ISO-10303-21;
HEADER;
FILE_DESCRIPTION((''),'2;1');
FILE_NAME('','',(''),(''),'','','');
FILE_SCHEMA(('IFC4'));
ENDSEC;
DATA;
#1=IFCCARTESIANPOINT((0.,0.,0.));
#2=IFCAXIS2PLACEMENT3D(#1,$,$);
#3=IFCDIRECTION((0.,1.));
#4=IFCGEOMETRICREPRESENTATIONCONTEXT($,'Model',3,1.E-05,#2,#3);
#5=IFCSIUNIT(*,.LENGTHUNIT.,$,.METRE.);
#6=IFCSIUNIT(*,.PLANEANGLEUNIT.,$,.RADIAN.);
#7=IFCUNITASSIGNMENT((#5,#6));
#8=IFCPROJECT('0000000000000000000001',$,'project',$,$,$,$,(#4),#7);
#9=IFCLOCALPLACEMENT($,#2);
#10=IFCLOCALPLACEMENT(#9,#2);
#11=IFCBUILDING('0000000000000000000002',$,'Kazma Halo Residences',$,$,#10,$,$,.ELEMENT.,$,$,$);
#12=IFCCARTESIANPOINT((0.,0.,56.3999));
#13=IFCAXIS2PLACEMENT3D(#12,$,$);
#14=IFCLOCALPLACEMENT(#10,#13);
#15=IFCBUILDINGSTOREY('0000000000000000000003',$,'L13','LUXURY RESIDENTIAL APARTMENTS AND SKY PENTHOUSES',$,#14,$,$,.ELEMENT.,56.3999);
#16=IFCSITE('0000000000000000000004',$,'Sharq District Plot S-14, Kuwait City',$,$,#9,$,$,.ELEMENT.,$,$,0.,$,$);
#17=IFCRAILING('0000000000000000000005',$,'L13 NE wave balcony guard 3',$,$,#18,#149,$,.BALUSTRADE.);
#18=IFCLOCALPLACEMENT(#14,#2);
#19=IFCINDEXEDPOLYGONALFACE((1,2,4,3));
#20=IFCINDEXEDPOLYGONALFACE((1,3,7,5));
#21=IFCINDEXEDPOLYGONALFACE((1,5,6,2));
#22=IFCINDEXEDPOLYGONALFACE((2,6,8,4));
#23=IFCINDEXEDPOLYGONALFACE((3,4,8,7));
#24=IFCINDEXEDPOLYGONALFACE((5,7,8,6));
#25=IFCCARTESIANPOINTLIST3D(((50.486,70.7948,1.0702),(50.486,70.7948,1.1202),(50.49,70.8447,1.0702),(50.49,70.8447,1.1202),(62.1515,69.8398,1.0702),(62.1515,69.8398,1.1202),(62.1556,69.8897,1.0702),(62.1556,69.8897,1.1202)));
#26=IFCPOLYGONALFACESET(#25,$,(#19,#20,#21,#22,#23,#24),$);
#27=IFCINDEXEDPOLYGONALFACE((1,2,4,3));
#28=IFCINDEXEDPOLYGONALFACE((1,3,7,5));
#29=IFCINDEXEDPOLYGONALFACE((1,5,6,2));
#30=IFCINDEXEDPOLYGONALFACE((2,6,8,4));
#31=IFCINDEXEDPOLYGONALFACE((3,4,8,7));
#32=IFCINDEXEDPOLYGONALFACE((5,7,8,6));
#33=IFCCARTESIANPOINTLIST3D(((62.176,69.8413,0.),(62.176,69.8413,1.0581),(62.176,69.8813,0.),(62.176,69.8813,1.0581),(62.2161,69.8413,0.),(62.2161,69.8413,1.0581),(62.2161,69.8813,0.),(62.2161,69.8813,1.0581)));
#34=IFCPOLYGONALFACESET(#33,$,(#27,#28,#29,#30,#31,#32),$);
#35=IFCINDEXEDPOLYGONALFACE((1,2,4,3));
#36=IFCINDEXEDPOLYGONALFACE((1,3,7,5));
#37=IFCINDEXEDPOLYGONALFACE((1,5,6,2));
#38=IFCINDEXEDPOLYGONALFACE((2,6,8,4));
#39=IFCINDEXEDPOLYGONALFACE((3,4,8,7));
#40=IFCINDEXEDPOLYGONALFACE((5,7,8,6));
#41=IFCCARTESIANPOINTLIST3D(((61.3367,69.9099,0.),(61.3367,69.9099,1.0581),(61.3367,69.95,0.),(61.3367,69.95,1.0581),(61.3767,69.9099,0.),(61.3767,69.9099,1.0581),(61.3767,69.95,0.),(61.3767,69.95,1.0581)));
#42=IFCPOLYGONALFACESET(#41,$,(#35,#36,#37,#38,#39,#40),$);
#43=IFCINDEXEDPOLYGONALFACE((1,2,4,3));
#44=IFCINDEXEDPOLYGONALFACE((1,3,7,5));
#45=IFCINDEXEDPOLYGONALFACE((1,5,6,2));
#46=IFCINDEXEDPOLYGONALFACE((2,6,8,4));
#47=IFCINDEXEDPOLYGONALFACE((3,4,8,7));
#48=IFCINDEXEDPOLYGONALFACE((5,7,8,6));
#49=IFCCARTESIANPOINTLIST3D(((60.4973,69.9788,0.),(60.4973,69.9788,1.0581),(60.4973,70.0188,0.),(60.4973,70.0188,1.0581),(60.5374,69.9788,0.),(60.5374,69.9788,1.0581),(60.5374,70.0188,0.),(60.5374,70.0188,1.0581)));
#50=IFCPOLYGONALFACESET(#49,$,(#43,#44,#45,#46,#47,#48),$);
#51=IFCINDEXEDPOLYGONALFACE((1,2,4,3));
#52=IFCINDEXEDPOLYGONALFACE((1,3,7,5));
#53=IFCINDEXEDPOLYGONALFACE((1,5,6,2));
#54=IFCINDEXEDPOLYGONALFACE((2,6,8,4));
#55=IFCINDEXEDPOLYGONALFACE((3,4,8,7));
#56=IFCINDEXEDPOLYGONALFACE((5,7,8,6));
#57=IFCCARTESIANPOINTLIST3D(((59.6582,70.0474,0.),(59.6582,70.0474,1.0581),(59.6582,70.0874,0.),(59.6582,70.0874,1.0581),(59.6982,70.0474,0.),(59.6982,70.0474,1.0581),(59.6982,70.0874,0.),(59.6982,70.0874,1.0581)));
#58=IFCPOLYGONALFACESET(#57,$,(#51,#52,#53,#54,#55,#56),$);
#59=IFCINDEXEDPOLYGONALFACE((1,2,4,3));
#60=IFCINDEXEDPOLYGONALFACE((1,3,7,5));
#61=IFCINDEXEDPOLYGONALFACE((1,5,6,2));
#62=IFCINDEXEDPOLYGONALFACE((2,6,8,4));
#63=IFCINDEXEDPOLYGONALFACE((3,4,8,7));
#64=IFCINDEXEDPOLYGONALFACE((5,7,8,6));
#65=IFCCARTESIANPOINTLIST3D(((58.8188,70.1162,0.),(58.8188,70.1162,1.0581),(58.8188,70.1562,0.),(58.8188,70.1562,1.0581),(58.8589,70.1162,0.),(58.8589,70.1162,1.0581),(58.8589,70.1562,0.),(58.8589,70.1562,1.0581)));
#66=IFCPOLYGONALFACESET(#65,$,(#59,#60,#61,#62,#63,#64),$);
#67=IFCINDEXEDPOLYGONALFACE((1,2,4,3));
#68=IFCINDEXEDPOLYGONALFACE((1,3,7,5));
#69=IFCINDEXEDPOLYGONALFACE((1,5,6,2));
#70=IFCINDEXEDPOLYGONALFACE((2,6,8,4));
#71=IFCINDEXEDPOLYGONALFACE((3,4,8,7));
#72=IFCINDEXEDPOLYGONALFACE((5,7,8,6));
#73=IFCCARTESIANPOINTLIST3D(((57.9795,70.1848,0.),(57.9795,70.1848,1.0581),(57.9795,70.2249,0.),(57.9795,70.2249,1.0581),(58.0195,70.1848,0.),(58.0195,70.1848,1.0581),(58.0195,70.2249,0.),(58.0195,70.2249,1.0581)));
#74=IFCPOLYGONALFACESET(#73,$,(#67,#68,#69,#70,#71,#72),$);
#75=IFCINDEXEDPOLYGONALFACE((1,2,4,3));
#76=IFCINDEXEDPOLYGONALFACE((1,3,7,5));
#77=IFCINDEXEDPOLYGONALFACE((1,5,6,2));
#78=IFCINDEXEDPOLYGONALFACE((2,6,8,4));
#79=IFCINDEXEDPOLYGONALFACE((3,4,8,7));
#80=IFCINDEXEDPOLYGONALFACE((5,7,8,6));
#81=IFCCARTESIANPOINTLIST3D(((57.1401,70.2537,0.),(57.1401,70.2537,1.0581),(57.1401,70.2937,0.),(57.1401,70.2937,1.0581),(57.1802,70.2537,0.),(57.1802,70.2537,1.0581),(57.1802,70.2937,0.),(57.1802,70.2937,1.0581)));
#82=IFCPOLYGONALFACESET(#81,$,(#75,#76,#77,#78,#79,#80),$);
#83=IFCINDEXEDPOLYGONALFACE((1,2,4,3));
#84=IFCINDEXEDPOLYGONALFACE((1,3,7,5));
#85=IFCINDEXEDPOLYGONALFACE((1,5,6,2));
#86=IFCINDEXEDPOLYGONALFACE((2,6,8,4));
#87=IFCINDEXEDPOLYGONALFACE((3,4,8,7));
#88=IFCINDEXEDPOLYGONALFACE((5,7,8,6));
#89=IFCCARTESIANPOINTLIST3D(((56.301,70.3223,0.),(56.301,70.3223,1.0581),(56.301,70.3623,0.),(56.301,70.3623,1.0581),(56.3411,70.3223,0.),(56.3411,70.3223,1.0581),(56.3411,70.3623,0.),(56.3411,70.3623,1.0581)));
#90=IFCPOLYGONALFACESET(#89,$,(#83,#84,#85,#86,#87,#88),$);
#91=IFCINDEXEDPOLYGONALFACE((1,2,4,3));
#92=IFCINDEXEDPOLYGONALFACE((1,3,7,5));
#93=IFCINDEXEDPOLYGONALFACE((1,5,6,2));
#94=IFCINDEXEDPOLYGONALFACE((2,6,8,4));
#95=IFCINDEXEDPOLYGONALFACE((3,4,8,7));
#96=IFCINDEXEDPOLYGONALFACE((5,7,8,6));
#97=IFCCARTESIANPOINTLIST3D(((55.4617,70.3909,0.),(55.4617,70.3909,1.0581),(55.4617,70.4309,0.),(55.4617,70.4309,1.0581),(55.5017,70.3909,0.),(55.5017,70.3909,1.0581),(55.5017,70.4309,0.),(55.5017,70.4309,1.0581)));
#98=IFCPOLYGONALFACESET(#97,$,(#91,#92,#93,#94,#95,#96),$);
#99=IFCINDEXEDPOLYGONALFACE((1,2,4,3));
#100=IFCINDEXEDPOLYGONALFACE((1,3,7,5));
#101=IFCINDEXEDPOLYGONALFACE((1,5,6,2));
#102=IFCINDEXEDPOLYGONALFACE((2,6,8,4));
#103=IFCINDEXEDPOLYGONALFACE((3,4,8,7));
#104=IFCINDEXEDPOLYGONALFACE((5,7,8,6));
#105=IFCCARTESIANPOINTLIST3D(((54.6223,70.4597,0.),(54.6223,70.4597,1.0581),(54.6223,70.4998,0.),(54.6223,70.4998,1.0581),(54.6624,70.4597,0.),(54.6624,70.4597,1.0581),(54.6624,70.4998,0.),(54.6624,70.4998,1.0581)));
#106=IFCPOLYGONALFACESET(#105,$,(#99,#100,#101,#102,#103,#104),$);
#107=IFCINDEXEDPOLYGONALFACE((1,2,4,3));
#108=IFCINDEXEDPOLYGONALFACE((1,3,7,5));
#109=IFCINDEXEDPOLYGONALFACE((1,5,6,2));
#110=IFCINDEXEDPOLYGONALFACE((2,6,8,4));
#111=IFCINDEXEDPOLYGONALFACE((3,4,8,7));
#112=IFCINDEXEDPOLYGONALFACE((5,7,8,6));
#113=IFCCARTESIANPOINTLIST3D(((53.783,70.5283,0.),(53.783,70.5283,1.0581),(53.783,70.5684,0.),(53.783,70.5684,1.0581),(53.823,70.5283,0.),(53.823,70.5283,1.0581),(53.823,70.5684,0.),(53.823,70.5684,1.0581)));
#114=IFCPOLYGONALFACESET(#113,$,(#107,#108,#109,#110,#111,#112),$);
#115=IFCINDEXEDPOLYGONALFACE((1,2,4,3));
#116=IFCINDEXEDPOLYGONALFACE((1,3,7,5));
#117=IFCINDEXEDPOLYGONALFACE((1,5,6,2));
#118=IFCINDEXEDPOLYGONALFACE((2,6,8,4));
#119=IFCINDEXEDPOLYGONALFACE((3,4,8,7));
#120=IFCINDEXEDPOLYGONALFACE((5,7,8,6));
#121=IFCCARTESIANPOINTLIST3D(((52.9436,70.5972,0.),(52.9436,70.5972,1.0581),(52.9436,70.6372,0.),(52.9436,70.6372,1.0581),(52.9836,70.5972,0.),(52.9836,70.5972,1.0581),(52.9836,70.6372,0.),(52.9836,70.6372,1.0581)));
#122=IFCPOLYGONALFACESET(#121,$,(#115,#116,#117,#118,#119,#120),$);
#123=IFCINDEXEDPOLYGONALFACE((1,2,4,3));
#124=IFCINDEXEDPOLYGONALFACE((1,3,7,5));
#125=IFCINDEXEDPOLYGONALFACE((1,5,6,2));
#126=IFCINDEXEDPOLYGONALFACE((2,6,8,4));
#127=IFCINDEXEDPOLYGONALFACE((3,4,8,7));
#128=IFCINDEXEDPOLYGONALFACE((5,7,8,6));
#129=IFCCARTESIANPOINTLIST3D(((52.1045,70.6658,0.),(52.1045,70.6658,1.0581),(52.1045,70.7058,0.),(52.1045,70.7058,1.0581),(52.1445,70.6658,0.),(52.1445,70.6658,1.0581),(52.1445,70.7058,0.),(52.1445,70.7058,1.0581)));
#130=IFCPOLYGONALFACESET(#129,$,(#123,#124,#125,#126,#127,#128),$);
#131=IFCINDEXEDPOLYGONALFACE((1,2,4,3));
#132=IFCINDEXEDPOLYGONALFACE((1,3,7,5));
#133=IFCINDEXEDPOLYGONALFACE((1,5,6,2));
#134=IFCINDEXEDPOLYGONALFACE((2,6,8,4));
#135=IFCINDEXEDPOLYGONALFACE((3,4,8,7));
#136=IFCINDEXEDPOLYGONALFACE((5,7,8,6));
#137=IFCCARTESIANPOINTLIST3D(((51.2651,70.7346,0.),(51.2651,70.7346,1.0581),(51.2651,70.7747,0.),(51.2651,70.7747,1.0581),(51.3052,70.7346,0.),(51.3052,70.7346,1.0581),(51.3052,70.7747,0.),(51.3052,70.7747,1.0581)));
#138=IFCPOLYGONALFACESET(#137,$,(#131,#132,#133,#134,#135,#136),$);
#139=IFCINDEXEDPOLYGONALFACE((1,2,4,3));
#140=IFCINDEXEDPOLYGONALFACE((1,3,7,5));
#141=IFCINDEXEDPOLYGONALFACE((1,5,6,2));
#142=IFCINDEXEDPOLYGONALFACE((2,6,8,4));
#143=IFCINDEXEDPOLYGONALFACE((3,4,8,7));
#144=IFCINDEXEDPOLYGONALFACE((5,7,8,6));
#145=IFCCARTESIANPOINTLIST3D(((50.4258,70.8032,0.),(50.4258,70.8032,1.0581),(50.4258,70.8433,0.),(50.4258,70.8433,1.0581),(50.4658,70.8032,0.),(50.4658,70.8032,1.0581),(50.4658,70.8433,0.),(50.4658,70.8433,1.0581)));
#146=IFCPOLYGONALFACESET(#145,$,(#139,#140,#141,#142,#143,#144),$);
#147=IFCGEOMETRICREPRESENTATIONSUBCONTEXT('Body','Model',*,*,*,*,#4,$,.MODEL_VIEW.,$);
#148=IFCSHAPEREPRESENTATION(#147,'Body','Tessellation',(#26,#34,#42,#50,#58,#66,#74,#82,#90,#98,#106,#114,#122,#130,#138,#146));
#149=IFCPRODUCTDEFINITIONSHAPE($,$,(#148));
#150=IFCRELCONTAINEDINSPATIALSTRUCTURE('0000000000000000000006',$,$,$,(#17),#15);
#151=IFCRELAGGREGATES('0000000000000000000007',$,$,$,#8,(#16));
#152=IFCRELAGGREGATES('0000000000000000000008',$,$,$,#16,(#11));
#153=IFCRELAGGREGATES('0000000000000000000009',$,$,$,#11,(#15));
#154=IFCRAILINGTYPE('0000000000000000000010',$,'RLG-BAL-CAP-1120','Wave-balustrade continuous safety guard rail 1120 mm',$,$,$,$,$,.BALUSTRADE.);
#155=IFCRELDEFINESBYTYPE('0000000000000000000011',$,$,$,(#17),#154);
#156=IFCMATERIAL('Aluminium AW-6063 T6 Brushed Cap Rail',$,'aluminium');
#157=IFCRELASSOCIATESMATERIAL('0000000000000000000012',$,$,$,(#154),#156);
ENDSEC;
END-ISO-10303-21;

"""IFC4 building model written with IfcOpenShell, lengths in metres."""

from ifc_helpers import new_model, si_unit, direction, frame, origin, origin_2d, place, context, subcontext, project, spatial, rectangle, extrude, material, type_object, element, save


model = new_model("IFC4")

# Units and contexts
model_context = context("Model", 3, precision=1e-05, world=origin(), true_north=direction((0.0, 1.0)))
body_context = subcontext(model_context, "Body", "Model", "MODEL_VIEW")
ifc_project = project(units=[si_unit("LENGTHUNIT", "METRE"), si_unit("PLANEANGLEUNIT", "RADIAN")], contexts=[model_context])

# Site, building, storey
site_placement = place(None, origin())
site = spatial("IfcSite", under=ifc_project, at=site_placement, Name="Sharq District Plot S-14, Kuwait City", CompositionType="ELEMENT", RefElevation=0.0)
building_placement = place(site_placement, origin())
building = spatial("IfcBuilding", under=site, at=building_placement, Name="Kazma Halo Residences", CompositionType="ELEMENT")
storey_placement = place(building_placement, frame((0.0, 0.0, 56.3999)))
storey = spatial("IfcBuildingStorey", under=building, at=storey_placement, Name="L13", Description="LUXURY RESIDENTIAL APARTMENTS AND SKY PENTHOUSES", CompositionType="ELEMENT", Elevation=56.3999)

# Railing
ifc_material_1 = material(Name="Aluminium AW-6063 T6 Brushed Cap Rail", Category="aluminium")
railing_type = type_object("IfcRailingType", Name="RLG-BAL-CAP-1120", Description="Wave-balustrade continuous safety guard rail 1120 mm", PredefinedType="BALUSTRADE", material=ifc_material_1)
railing_1_placement = place(storey_placement, frame((62.196, 69.8613, 0.0)))
element("IfcRailing", 1, at=railing_1_placement, inside=storey, type_object=railing_type, Name="L13 NE wave balcony guard 3", PredefinedType="BALUSTRADE", context=body_context, shape_type="SweptSolid", body=[
    extrude(rectangle(XDim=0.05, YDim=0.05, at=origin_2d()), frame((-0.0425, 0.0034, 1.0952), z_axis=(-0.996666, 0.08159, 0.0), x_axis=(-0.08159, -0.996666, 0.0)), (0.0, 0.0, 1.0), 11.7046),
    extrude(rectangle(XDim=0.04, YDim=0.04, at=origin_2d()), origin(), (0.0, 0.0, 1.0), 1.0581),
    extrude(rectangle(XDim=0.04, YDim=0.04, at=origin_2d()), frame((-0.8394, 0.0686, 0.0)), (0.0, 0.0, 1.0), 1.0581),
    extrude(rectangle(XDim=0.04, YDim=0.04, at=origin_2d()), frame((-1.6787, 0.1375, 0.0)), (0.0, 0.0, 1.0), 1.0581),
    extrude(rectangle(XDim=0.04, YDim=0.04, at=origin_2d()), frame((-2.5178, 0.2061, 0.0)), (0.0, 0.0, 1.0), 1.0581),
    extrude(rectangle(XDim=0.04, YDim=0.04, at=origin_2d()), frame((-3.3572, 0.2749, 0.0)), (0.0, 0.0, 1.0), 1.0581),
    extrude(rectangle(XDim=0.04, YDim=0.04, at=origin_2d()), frame((-4.1965, 0.3435, 0.0)), (0.0, 0.0, 1.0), 1.0581),
    extrude(rectangle(XDim=0.04, YDim=0.04, at=origin_2d()), frame((-5.0359, 0.4124, 0.0)), (0.0, 0.0, 1.0), 1.0581),
    extrude(rectangle(XDim=0.04, YDim=0.04, at=origin_2d()), frame((-5.875, 0.481, 0.0)), (0.0, 0.0, 1.0), 1.0581),
    extrude(rectangle(XDim=0.04, YDim=0.04, at=origin_2d()), frame((-6.7144, 0.5496, 0.0)), (0.0, 0.0, 1.0), 1.0581),
    extrude(rectangle(XDim=0.04, YDim=0.04, at=origin_2d()), frame((-7.5537, 0.6184, 0.0)), (0.0, 0.0, 1.0), 1.0581),
    extrude(rectangle(XDim=0.04, YDim=0.04, at=origin_2d()), frame((-8.3931, 0.687, 0.0)), (0.0, 0.0, 1.0), 1.0581),
    extrude(rectangle(XDim=0.04, YDim=0.04, at=origin_2d()), frame((-9.2324, 0.7559, 0.0)), (0.0, 0.0, 1.0), 1.0581),
    extrude(rectangle(XDim=0.04, YDim=0.04, at=origin_2d()), frame((-10.0715, 0.8245, 0.0)), (0.0, 0.0, 1.0), 1.0581),
    extrude(rectangle(XDim=0.04, YDim=0.04, at=origin_2d()), frame((-10.9109, 0.8933, 0.0)), (0.0, 0.0, 1.0), 1.0581),
    extrude(rectangle(XDim=0.04, YDim=0.04, at=origin_2d()), frame((-11.7502, 0.9619, 0.0)), (0.0, 0.0, 1.0), 1.0581),
])

save(model, "model.ifc")
